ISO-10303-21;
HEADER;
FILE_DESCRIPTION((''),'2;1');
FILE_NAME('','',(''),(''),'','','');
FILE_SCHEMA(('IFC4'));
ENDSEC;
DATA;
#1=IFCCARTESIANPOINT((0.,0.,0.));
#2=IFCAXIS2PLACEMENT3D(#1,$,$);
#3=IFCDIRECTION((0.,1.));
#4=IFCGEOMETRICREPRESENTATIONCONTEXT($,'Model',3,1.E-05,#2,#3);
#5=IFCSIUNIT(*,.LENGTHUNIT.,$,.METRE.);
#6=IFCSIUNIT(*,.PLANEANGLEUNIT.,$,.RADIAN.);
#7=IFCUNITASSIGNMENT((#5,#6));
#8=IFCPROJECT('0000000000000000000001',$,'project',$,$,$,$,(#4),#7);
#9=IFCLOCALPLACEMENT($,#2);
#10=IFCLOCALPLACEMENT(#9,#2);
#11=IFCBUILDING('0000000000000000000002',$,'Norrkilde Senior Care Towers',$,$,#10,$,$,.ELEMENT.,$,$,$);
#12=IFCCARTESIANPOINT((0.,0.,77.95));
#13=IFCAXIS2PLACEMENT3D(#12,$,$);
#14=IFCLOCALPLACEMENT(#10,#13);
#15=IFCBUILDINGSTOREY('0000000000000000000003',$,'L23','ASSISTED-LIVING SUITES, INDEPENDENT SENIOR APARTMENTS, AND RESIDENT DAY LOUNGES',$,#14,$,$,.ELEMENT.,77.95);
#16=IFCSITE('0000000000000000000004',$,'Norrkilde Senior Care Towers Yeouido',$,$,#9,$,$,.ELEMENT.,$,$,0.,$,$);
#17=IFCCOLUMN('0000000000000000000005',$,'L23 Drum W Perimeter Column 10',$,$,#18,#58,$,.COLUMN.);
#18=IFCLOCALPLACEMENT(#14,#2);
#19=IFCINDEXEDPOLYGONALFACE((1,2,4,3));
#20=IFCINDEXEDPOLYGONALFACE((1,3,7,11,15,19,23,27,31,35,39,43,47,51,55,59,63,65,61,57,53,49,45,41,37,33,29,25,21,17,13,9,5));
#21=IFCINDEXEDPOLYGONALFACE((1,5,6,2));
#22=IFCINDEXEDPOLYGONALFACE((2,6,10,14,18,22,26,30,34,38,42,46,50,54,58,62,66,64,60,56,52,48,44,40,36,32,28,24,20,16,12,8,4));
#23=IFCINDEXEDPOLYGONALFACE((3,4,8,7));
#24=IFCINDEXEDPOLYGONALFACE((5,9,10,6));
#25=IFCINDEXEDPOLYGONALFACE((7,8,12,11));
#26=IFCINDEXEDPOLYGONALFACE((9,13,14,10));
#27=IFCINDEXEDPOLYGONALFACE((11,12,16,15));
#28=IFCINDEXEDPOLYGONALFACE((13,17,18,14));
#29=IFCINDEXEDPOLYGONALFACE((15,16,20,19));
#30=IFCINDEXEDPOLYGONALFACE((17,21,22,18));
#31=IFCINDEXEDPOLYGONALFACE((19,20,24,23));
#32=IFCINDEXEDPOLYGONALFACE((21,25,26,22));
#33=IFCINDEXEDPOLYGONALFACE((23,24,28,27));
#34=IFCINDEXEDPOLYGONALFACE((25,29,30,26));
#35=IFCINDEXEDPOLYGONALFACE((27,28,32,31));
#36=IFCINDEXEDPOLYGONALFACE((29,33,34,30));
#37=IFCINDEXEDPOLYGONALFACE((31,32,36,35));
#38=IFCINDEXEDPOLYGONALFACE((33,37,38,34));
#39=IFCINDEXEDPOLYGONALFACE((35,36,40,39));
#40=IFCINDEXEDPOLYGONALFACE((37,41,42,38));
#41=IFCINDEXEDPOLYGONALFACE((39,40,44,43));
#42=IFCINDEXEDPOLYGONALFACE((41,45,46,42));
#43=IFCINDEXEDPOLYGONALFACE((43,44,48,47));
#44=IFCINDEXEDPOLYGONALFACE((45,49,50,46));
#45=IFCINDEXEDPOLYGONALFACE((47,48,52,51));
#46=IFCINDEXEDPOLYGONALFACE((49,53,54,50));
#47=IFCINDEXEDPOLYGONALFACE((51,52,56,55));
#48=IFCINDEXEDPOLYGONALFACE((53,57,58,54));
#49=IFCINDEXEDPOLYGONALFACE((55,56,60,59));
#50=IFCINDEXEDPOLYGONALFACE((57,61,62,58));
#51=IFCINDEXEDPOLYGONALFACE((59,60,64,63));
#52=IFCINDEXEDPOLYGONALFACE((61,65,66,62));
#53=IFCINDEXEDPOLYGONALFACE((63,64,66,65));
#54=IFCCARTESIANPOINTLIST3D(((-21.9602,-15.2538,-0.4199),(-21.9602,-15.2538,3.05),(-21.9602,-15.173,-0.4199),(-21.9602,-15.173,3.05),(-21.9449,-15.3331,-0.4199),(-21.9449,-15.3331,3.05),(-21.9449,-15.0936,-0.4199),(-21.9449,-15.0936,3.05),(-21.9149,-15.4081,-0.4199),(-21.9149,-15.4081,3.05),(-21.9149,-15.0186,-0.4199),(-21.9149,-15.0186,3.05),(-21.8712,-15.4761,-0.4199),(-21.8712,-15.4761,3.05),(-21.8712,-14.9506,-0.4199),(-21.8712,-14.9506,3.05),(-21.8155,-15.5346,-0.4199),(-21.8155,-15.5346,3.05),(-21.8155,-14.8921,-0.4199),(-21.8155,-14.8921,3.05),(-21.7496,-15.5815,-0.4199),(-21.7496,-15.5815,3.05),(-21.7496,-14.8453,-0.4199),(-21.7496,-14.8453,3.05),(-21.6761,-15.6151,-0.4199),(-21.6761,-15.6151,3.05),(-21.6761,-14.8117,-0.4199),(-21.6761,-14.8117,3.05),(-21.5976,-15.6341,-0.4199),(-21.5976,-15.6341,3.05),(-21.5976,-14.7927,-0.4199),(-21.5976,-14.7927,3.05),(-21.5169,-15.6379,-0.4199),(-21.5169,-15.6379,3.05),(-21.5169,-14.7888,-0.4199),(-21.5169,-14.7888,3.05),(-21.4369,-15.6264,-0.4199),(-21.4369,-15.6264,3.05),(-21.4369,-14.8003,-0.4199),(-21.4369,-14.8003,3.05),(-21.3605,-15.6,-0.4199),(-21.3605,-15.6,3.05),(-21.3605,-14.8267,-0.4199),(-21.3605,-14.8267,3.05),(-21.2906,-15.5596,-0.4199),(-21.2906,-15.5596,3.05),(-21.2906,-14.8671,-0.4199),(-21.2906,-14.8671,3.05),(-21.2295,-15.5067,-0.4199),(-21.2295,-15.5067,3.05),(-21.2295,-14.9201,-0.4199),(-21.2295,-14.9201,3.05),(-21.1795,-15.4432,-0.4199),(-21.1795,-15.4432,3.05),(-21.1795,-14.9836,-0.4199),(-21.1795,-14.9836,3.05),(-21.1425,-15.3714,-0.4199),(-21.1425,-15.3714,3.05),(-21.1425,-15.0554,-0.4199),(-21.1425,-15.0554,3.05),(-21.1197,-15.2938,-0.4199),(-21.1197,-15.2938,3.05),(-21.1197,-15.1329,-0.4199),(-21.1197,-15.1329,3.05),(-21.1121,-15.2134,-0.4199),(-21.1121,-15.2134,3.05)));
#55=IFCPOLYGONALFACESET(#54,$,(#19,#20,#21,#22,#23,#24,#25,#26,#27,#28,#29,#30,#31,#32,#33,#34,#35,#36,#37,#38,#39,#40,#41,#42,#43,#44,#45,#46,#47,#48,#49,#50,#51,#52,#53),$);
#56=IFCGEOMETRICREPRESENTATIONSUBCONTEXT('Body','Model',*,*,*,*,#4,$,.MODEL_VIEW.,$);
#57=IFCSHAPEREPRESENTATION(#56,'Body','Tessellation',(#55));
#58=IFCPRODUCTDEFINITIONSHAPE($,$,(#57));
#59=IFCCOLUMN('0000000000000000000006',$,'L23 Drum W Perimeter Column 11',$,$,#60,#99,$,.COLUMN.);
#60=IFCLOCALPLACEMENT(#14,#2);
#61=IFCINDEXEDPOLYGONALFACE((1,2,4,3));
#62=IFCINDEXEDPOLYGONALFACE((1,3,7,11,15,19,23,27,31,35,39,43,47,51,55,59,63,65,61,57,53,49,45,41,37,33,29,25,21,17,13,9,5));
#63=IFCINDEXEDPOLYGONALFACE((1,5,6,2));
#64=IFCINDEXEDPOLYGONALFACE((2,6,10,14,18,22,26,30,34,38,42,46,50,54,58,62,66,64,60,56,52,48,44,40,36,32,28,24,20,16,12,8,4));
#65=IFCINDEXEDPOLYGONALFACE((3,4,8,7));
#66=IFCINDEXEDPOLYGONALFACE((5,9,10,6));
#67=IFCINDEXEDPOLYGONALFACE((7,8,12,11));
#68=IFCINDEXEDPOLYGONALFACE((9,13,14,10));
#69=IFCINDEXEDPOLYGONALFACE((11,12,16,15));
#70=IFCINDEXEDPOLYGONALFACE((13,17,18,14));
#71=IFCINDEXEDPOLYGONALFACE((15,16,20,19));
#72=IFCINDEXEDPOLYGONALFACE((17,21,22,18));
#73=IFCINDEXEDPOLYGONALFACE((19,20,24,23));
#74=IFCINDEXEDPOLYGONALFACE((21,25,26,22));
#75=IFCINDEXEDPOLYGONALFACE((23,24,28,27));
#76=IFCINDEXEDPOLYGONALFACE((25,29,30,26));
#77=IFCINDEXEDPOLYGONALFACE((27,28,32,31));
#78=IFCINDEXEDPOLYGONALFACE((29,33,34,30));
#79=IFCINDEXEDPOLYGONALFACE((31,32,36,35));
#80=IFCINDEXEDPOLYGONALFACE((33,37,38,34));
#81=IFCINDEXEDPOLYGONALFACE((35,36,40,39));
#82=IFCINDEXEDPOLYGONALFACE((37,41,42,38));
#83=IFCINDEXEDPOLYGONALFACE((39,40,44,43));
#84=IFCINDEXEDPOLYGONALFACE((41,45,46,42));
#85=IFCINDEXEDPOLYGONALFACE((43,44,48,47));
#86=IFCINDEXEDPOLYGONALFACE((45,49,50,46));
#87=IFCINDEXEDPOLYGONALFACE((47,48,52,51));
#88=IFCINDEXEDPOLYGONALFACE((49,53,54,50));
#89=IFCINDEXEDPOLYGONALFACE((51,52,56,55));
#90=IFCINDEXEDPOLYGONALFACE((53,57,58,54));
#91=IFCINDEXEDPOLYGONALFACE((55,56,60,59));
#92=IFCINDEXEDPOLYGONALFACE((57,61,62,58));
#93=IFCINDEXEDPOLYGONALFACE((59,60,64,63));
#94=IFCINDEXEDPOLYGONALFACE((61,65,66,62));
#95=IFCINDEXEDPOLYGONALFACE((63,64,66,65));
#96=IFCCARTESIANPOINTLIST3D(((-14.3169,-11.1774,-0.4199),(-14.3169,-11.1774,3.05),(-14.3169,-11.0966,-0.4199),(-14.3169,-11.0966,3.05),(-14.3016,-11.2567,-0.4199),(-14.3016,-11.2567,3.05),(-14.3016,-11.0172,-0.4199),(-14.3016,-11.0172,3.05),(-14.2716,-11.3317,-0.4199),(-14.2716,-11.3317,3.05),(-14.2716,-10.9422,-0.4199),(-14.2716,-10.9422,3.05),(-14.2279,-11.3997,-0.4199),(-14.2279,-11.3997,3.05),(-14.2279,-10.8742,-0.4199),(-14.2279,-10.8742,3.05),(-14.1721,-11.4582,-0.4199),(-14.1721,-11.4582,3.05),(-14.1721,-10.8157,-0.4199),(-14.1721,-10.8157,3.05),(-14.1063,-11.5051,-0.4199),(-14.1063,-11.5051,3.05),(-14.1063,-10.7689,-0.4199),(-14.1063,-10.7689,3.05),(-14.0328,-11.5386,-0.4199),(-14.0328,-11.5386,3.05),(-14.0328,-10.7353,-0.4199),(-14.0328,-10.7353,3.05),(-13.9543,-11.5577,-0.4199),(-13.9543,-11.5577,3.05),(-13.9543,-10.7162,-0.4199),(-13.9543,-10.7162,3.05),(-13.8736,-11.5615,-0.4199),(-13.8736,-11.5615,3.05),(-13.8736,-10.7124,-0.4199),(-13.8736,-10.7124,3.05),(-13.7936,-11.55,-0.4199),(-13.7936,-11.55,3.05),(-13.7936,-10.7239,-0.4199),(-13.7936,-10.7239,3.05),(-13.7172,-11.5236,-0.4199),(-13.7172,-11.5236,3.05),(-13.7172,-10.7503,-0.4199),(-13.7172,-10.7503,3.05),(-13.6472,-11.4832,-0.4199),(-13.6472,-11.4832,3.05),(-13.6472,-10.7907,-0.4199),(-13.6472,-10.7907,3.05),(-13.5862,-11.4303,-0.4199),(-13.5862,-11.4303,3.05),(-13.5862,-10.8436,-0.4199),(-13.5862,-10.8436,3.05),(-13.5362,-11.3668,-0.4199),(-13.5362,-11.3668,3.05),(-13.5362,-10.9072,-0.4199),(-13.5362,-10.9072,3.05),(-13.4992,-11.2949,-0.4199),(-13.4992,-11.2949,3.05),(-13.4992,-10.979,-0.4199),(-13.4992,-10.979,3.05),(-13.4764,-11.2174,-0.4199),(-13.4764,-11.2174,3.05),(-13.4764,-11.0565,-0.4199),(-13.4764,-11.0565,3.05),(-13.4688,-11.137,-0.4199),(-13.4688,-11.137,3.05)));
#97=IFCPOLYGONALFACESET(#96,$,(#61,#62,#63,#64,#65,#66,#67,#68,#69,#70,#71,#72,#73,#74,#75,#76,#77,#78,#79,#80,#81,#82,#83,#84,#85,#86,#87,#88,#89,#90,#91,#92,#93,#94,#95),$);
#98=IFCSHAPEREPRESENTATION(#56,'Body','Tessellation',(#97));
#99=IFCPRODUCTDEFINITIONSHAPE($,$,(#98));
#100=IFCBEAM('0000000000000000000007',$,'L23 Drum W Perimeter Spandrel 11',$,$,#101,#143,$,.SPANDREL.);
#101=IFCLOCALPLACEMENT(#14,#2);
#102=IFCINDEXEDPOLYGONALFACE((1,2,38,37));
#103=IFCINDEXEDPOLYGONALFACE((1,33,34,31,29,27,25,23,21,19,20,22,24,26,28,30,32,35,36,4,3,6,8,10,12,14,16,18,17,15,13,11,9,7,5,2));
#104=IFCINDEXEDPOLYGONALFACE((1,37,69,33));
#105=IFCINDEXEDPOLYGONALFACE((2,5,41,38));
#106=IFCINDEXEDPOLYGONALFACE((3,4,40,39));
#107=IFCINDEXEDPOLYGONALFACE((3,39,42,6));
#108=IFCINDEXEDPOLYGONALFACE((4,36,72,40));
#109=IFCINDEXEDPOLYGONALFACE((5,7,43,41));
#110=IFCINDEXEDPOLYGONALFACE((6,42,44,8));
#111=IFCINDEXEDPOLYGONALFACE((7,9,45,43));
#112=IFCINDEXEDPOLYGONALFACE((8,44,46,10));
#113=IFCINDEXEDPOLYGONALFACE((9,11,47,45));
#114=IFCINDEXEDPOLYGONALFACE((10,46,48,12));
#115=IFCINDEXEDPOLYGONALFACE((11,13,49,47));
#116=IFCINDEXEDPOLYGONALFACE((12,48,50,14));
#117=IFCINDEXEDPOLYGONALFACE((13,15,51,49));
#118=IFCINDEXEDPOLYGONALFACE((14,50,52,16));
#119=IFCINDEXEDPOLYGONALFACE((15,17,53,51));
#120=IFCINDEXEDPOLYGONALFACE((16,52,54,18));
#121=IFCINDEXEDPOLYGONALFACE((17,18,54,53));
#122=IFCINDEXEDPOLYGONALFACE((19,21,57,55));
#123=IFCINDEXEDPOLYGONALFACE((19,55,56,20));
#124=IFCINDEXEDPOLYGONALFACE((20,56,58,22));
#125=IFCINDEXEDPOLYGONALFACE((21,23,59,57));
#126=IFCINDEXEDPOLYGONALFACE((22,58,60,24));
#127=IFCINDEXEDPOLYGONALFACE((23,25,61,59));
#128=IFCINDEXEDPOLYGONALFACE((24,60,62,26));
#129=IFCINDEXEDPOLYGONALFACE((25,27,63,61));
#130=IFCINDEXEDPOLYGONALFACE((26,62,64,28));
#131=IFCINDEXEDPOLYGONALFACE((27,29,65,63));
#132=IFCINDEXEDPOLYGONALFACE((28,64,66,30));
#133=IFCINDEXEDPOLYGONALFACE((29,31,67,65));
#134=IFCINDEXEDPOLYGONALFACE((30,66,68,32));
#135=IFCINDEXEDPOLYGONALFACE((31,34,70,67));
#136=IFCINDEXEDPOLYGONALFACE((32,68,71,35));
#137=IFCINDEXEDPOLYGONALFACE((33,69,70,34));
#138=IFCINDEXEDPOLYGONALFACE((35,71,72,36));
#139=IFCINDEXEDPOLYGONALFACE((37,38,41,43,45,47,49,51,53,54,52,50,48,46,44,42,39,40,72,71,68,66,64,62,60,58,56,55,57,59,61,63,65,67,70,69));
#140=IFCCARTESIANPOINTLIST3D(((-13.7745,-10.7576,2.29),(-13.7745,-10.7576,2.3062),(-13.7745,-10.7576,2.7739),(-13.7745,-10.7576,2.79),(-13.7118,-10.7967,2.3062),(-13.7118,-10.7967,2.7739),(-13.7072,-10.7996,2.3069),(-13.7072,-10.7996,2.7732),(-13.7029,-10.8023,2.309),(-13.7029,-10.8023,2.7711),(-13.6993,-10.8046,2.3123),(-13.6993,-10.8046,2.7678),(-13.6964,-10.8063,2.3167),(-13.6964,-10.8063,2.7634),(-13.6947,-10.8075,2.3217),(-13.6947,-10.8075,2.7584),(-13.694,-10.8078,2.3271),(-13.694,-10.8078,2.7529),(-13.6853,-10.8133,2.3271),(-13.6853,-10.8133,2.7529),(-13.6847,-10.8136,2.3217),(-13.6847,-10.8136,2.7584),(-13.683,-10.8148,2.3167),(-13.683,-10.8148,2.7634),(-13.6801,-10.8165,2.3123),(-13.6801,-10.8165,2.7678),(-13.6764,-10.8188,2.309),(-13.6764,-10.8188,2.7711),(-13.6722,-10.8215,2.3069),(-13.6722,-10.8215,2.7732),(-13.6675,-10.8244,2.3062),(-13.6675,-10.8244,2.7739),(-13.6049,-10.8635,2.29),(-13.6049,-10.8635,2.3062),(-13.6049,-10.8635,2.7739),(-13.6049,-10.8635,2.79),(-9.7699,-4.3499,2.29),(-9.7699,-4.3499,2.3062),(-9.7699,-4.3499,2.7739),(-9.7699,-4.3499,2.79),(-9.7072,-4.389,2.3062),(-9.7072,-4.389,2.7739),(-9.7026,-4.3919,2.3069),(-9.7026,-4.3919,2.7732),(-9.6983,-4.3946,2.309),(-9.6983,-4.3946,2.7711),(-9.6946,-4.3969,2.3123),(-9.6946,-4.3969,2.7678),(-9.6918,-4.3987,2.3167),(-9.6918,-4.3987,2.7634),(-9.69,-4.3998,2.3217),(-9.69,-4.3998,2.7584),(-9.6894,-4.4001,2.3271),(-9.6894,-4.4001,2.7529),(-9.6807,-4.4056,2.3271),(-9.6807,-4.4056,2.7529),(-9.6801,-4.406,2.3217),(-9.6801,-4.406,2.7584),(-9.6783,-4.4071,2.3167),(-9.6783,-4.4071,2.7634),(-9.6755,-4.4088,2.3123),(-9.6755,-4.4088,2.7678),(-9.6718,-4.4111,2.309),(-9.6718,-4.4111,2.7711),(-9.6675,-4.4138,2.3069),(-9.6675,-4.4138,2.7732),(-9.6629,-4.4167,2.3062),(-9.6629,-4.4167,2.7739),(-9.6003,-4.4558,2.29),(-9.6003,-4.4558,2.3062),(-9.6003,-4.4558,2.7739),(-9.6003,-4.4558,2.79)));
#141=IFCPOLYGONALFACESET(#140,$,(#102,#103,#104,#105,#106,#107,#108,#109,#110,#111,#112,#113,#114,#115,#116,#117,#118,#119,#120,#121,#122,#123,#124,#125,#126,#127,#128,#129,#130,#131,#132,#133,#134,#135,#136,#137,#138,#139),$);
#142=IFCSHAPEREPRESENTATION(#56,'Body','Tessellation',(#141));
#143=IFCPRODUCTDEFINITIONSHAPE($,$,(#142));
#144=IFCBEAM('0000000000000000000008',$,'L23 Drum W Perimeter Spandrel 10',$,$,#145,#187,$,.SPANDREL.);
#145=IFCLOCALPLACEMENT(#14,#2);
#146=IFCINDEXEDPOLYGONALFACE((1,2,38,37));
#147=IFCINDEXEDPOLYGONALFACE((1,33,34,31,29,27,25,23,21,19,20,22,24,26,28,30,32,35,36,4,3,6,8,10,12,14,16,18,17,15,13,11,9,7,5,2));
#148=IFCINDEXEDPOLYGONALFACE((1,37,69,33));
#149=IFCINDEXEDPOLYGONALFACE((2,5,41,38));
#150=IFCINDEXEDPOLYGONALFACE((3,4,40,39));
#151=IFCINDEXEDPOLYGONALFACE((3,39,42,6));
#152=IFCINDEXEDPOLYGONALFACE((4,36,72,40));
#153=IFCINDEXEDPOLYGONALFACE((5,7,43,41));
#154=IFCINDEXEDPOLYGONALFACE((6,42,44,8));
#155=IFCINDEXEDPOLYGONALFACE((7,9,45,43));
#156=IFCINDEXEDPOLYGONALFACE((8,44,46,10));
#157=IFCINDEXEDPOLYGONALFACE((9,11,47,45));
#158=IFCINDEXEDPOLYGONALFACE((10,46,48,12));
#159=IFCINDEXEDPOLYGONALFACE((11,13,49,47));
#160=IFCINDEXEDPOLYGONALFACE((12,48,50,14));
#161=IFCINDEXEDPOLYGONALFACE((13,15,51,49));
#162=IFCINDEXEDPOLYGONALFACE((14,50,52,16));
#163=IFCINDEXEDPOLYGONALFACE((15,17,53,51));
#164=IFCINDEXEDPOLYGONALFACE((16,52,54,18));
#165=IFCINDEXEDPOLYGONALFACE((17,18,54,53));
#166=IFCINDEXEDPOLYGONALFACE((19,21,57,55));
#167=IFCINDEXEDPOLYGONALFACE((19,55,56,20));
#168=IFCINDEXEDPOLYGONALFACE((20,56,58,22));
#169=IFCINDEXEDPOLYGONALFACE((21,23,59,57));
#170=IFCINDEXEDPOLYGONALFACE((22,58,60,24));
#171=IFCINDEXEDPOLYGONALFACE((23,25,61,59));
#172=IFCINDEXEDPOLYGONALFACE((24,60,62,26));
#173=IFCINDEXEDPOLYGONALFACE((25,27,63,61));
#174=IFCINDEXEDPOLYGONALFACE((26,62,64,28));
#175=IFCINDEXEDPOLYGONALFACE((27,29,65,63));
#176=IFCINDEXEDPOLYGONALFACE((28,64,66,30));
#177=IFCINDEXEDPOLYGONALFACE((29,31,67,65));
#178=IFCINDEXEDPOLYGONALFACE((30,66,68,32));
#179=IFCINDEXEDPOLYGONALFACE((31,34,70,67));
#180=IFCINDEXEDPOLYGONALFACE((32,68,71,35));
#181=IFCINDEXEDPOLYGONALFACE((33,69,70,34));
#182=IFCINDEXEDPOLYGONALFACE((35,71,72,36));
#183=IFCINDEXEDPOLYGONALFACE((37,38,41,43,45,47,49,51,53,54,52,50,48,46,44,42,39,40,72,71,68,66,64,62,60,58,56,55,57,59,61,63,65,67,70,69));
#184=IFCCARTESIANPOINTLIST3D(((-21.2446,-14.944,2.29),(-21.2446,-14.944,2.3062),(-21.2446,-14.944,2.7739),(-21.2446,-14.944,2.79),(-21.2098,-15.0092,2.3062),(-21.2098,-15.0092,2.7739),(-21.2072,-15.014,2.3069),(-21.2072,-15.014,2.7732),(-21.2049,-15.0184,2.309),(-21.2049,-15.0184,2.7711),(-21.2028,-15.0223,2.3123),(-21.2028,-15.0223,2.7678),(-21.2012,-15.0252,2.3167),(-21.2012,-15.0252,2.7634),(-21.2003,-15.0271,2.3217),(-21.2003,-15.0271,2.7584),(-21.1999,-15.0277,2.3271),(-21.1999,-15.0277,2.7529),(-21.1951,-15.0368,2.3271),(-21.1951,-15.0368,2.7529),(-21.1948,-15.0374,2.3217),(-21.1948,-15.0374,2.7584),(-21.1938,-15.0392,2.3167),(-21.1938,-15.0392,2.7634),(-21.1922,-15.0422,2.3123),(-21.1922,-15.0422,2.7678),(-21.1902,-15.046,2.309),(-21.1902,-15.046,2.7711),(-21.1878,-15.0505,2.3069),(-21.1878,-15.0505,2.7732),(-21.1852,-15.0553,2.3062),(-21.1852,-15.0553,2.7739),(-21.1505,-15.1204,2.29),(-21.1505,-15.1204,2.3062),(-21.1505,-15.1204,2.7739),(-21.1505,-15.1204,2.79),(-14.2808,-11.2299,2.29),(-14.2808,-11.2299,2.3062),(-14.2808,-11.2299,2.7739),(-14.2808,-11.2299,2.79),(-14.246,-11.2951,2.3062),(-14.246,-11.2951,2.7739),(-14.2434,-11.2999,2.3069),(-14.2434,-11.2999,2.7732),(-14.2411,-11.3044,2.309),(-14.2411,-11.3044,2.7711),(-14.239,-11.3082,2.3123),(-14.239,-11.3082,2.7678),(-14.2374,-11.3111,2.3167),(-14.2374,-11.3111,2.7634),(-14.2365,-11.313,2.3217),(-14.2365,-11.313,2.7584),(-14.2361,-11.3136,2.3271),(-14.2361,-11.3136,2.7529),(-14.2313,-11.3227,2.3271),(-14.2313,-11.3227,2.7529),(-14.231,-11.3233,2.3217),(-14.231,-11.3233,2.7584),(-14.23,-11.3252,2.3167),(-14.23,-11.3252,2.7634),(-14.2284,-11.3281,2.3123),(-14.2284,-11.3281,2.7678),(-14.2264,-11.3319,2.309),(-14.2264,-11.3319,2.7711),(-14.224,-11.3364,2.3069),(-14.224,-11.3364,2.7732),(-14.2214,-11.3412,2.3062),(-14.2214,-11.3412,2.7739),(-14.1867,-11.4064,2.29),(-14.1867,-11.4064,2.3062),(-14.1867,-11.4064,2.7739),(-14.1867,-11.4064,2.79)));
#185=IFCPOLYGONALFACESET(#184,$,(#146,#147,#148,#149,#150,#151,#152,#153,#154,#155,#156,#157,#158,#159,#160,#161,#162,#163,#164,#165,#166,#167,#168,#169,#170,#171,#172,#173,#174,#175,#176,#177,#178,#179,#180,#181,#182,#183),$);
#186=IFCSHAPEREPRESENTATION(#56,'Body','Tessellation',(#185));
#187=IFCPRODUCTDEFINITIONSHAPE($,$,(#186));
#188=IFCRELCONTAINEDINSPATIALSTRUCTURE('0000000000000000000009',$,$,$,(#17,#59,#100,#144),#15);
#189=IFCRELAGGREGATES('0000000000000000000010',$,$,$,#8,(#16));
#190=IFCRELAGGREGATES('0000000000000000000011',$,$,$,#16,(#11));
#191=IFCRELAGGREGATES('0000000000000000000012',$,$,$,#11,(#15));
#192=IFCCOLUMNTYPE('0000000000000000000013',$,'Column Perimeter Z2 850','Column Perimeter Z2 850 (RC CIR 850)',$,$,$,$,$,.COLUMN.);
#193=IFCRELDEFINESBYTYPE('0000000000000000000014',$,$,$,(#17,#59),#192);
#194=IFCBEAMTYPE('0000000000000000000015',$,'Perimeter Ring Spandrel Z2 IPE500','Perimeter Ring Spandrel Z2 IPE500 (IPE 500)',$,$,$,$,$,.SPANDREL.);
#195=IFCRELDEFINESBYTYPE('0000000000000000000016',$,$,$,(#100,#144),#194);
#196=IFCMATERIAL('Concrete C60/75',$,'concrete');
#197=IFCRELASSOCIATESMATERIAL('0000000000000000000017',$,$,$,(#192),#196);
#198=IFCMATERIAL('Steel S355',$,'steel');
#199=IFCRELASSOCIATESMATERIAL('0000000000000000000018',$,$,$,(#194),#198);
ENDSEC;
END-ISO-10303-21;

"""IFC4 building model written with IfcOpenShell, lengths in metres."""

from ifc_helpers import new_model, si_unit, direction, frame, origin, origin_2d, place, context, subcontext, project, spatial, circle, i_section, extrude, source, transform, mapped, material, material_profile, profile_set, type_object, type_shapes, element, save


model = new_model("IFC4")

# Units and contexts
model_context = context("Model", 3, precision=1e-05, world=origin(), true_north=direction((0.0, 1.0)))
body_context = subcontext(model_context, "Body", "Model", "MODEL_VIEW")
ifc_project = project(units=[si_unit("LENGTHUNIT", "METRE"), si_unit("PLANEANGLEUNIT", "RADIAN")], contexts=[model_context])

# Site, building, storey
site_placement = place(None, origin())
site = spatial("IfcSite", under=ifc_project, at=site_placement, Name="Norrkilde Senior Care Towers Yeouido", CompositionType="ELEMENT", RefElevation=0.0)
building_placement = place(site_placement, origin())
building = spatial("IfcBuilding", under=site, at=building_placement, Name="Norrkilde Senior Care Towers", CompositionType="ELEMENT")
storey_placement = place(building_placement, frame((0.0, 0.0, 77.95)))
storey = spatial("IfcBuildingStorey", under=building, at=storey_placement, Name="L23", Description="ASSISTED-LIVING SUITES, INDEPENDENT SENIOR APARTMENTS, AND RESIDENT DAY LOUNGES", CompositionType="ELEMENT", Elevation=77.95)

# Columns
ifc_material_1 = material(Name="Concrete C60/75", Category="concrete")
ifc_material_profile_1 = material_profile(ifc_material_1, circle(Radius=0.425, at=origin_2d()), Name="RC CIR 850")
ifc_profile_set_1 = profile_set([ifc_material_profile_1], Name="Concrete C60/75")
column_type = type_object("IfcColumnType", Name="Column Perimeter Z2 850", Description="Column Perimeter Z2 850 (RC CIR 850)", PredefinedType="COLUMN", material=ifc_profile_set_1)
shared_shape_1 = source(origin(), body_context, "Body", "SweptSolid", [
    extrude(circle(Radius=0.425, at=origin_2d()), origin(), (0.0, 0.0, 1.0), 3.47),
])
type_shapes(column_type, [shared_shape_1])
for number, where, z_axis, x_axis, name in (
    (1, (-21.5371, -15.2134, -0.4199), (0.0, 0.0, 1.0), (1.0, 0.0, 0.0), "L23 Drum W Perimeter Column 10"),
    (2, (-13.8938, -11.137, -0.4199), (0.0, 0.0, 1.0), (1.0, 0.0, 0.0), "L23 Drum W Perimeter Column 11"),
):
    element("IfcColumn", number, at=place(storey_placement, frame(where, z_axis=z_axis, x_axis=x_axis)), inside=storey, type_object=column_type, Name=name, PredefinedType="COLUMN", context=body_context, shape_type="MappedRepresentation", body=[
        mapped(shared_shape_1, transform((0.0, 0.0, 0.0), x_axis=(1.0, 0.0, 0.0), y_axis=(0.0, 1.0, 0.0), z_axis=(0.0, 0.0, 1.0), scale=1.0)),
    ])

# Beams
ifc_material_2 = material(Name="Steel S355", Category="steel")
ifc_material_profile_2 = material_profile(ifc_material_2, i_section(OverallWidth=0.2, OverallDepth=0.5, WebThickness=0.0103, FlangeThickness=0.0161, FilletRadius=0.021, at=origin_2d()), Name="IPE 500")
ifc_profile_set_2 = profile_set([ifc_material_profile_2], Name="Steel S355")
beam_type = type_object("IfcBeamType", Name="Perimeter Ring Spandrel Z2 IPE500", Description="Perimeter Ring Spandrel Z2 IPE500 (IPE 500)", PredefinedType="SPANDREL", material=ifc_profile_set_2)
shared_shape_2 = source(origin(), body_context, "Body", "SweptSolid", [
    extrude(i_section(OverallWidth=0.2, OverallDepth=0.5, WebThickness=0.0103, FlangeThickness=0.0161, FilletRadius=0.021, at=origin_2d()), origin(), (0.0, 0.0, 1.0), 7.5562),
])
beam_1_placement = place(storey_placement, frame((-13.6897, -10.8105, 2.54), z_axis=(0.529982, 0.848009, 0.0), x_axis=(-0.848009, 0.529982, 0.0)))
element("IfcBeam", 3, at=beam_1_placement, inside=storey, type_object=beam_type, Name="L23 Drum W Perimeter Spandrel 11", PredefinedType="SPANDREL", context=body_context, shape_type="MappedRepresentation", body=[
    mapped(shared_shape_2, transform((0.0, 0.0, 0.0), x_axis=(1.0, 0.0, 0.0), y_axis=(0.0, 1.0, 0.0), z_axis=(0.0, 0.0, 1.0), scale=1.0)),
])
shared_shape_3 = source(origin(), body_context, "Body", "SweptSolid", [
    extrude(i_section(OverallWidth=0.2, OverallDepth=0.5, WebThickness=0.0103, FlangeThickness=0.0161, FilletRadius=0.021, at=origin_2d()), origin(), (0.0, 0.0, 1.0), 7.8923),
])
type_shapes(beam_type, [shared_shape_2, shared_shape_3])
beam_2_placement = place(storey_placement, frame((-21.1975, -15.0322, 2.54), z_axis=(0.88235, 0.470593, 0.0), x_axis=(-0.470593, 0.88235, 0.0)))
element("IfcBeam", 4, at=beam_2_placement, inside=storey, type_object=beam_type, Name="L23 Drum W Perimeter Spandrel 10", PredefinedType="SPANDREL", context=body_context, shape_type="MappedRepresentation", body=[
    mapped(shared_shape_3, transform((0.0, 0.0, 0.0), x_axis=(1.0, 0.0, 0.0), y_axis=(0.0, 1.0, 0.0), z_axis=(0.0, 0.0, 1.0), scale=1.0)),
])

save(model, "model.ifc")
